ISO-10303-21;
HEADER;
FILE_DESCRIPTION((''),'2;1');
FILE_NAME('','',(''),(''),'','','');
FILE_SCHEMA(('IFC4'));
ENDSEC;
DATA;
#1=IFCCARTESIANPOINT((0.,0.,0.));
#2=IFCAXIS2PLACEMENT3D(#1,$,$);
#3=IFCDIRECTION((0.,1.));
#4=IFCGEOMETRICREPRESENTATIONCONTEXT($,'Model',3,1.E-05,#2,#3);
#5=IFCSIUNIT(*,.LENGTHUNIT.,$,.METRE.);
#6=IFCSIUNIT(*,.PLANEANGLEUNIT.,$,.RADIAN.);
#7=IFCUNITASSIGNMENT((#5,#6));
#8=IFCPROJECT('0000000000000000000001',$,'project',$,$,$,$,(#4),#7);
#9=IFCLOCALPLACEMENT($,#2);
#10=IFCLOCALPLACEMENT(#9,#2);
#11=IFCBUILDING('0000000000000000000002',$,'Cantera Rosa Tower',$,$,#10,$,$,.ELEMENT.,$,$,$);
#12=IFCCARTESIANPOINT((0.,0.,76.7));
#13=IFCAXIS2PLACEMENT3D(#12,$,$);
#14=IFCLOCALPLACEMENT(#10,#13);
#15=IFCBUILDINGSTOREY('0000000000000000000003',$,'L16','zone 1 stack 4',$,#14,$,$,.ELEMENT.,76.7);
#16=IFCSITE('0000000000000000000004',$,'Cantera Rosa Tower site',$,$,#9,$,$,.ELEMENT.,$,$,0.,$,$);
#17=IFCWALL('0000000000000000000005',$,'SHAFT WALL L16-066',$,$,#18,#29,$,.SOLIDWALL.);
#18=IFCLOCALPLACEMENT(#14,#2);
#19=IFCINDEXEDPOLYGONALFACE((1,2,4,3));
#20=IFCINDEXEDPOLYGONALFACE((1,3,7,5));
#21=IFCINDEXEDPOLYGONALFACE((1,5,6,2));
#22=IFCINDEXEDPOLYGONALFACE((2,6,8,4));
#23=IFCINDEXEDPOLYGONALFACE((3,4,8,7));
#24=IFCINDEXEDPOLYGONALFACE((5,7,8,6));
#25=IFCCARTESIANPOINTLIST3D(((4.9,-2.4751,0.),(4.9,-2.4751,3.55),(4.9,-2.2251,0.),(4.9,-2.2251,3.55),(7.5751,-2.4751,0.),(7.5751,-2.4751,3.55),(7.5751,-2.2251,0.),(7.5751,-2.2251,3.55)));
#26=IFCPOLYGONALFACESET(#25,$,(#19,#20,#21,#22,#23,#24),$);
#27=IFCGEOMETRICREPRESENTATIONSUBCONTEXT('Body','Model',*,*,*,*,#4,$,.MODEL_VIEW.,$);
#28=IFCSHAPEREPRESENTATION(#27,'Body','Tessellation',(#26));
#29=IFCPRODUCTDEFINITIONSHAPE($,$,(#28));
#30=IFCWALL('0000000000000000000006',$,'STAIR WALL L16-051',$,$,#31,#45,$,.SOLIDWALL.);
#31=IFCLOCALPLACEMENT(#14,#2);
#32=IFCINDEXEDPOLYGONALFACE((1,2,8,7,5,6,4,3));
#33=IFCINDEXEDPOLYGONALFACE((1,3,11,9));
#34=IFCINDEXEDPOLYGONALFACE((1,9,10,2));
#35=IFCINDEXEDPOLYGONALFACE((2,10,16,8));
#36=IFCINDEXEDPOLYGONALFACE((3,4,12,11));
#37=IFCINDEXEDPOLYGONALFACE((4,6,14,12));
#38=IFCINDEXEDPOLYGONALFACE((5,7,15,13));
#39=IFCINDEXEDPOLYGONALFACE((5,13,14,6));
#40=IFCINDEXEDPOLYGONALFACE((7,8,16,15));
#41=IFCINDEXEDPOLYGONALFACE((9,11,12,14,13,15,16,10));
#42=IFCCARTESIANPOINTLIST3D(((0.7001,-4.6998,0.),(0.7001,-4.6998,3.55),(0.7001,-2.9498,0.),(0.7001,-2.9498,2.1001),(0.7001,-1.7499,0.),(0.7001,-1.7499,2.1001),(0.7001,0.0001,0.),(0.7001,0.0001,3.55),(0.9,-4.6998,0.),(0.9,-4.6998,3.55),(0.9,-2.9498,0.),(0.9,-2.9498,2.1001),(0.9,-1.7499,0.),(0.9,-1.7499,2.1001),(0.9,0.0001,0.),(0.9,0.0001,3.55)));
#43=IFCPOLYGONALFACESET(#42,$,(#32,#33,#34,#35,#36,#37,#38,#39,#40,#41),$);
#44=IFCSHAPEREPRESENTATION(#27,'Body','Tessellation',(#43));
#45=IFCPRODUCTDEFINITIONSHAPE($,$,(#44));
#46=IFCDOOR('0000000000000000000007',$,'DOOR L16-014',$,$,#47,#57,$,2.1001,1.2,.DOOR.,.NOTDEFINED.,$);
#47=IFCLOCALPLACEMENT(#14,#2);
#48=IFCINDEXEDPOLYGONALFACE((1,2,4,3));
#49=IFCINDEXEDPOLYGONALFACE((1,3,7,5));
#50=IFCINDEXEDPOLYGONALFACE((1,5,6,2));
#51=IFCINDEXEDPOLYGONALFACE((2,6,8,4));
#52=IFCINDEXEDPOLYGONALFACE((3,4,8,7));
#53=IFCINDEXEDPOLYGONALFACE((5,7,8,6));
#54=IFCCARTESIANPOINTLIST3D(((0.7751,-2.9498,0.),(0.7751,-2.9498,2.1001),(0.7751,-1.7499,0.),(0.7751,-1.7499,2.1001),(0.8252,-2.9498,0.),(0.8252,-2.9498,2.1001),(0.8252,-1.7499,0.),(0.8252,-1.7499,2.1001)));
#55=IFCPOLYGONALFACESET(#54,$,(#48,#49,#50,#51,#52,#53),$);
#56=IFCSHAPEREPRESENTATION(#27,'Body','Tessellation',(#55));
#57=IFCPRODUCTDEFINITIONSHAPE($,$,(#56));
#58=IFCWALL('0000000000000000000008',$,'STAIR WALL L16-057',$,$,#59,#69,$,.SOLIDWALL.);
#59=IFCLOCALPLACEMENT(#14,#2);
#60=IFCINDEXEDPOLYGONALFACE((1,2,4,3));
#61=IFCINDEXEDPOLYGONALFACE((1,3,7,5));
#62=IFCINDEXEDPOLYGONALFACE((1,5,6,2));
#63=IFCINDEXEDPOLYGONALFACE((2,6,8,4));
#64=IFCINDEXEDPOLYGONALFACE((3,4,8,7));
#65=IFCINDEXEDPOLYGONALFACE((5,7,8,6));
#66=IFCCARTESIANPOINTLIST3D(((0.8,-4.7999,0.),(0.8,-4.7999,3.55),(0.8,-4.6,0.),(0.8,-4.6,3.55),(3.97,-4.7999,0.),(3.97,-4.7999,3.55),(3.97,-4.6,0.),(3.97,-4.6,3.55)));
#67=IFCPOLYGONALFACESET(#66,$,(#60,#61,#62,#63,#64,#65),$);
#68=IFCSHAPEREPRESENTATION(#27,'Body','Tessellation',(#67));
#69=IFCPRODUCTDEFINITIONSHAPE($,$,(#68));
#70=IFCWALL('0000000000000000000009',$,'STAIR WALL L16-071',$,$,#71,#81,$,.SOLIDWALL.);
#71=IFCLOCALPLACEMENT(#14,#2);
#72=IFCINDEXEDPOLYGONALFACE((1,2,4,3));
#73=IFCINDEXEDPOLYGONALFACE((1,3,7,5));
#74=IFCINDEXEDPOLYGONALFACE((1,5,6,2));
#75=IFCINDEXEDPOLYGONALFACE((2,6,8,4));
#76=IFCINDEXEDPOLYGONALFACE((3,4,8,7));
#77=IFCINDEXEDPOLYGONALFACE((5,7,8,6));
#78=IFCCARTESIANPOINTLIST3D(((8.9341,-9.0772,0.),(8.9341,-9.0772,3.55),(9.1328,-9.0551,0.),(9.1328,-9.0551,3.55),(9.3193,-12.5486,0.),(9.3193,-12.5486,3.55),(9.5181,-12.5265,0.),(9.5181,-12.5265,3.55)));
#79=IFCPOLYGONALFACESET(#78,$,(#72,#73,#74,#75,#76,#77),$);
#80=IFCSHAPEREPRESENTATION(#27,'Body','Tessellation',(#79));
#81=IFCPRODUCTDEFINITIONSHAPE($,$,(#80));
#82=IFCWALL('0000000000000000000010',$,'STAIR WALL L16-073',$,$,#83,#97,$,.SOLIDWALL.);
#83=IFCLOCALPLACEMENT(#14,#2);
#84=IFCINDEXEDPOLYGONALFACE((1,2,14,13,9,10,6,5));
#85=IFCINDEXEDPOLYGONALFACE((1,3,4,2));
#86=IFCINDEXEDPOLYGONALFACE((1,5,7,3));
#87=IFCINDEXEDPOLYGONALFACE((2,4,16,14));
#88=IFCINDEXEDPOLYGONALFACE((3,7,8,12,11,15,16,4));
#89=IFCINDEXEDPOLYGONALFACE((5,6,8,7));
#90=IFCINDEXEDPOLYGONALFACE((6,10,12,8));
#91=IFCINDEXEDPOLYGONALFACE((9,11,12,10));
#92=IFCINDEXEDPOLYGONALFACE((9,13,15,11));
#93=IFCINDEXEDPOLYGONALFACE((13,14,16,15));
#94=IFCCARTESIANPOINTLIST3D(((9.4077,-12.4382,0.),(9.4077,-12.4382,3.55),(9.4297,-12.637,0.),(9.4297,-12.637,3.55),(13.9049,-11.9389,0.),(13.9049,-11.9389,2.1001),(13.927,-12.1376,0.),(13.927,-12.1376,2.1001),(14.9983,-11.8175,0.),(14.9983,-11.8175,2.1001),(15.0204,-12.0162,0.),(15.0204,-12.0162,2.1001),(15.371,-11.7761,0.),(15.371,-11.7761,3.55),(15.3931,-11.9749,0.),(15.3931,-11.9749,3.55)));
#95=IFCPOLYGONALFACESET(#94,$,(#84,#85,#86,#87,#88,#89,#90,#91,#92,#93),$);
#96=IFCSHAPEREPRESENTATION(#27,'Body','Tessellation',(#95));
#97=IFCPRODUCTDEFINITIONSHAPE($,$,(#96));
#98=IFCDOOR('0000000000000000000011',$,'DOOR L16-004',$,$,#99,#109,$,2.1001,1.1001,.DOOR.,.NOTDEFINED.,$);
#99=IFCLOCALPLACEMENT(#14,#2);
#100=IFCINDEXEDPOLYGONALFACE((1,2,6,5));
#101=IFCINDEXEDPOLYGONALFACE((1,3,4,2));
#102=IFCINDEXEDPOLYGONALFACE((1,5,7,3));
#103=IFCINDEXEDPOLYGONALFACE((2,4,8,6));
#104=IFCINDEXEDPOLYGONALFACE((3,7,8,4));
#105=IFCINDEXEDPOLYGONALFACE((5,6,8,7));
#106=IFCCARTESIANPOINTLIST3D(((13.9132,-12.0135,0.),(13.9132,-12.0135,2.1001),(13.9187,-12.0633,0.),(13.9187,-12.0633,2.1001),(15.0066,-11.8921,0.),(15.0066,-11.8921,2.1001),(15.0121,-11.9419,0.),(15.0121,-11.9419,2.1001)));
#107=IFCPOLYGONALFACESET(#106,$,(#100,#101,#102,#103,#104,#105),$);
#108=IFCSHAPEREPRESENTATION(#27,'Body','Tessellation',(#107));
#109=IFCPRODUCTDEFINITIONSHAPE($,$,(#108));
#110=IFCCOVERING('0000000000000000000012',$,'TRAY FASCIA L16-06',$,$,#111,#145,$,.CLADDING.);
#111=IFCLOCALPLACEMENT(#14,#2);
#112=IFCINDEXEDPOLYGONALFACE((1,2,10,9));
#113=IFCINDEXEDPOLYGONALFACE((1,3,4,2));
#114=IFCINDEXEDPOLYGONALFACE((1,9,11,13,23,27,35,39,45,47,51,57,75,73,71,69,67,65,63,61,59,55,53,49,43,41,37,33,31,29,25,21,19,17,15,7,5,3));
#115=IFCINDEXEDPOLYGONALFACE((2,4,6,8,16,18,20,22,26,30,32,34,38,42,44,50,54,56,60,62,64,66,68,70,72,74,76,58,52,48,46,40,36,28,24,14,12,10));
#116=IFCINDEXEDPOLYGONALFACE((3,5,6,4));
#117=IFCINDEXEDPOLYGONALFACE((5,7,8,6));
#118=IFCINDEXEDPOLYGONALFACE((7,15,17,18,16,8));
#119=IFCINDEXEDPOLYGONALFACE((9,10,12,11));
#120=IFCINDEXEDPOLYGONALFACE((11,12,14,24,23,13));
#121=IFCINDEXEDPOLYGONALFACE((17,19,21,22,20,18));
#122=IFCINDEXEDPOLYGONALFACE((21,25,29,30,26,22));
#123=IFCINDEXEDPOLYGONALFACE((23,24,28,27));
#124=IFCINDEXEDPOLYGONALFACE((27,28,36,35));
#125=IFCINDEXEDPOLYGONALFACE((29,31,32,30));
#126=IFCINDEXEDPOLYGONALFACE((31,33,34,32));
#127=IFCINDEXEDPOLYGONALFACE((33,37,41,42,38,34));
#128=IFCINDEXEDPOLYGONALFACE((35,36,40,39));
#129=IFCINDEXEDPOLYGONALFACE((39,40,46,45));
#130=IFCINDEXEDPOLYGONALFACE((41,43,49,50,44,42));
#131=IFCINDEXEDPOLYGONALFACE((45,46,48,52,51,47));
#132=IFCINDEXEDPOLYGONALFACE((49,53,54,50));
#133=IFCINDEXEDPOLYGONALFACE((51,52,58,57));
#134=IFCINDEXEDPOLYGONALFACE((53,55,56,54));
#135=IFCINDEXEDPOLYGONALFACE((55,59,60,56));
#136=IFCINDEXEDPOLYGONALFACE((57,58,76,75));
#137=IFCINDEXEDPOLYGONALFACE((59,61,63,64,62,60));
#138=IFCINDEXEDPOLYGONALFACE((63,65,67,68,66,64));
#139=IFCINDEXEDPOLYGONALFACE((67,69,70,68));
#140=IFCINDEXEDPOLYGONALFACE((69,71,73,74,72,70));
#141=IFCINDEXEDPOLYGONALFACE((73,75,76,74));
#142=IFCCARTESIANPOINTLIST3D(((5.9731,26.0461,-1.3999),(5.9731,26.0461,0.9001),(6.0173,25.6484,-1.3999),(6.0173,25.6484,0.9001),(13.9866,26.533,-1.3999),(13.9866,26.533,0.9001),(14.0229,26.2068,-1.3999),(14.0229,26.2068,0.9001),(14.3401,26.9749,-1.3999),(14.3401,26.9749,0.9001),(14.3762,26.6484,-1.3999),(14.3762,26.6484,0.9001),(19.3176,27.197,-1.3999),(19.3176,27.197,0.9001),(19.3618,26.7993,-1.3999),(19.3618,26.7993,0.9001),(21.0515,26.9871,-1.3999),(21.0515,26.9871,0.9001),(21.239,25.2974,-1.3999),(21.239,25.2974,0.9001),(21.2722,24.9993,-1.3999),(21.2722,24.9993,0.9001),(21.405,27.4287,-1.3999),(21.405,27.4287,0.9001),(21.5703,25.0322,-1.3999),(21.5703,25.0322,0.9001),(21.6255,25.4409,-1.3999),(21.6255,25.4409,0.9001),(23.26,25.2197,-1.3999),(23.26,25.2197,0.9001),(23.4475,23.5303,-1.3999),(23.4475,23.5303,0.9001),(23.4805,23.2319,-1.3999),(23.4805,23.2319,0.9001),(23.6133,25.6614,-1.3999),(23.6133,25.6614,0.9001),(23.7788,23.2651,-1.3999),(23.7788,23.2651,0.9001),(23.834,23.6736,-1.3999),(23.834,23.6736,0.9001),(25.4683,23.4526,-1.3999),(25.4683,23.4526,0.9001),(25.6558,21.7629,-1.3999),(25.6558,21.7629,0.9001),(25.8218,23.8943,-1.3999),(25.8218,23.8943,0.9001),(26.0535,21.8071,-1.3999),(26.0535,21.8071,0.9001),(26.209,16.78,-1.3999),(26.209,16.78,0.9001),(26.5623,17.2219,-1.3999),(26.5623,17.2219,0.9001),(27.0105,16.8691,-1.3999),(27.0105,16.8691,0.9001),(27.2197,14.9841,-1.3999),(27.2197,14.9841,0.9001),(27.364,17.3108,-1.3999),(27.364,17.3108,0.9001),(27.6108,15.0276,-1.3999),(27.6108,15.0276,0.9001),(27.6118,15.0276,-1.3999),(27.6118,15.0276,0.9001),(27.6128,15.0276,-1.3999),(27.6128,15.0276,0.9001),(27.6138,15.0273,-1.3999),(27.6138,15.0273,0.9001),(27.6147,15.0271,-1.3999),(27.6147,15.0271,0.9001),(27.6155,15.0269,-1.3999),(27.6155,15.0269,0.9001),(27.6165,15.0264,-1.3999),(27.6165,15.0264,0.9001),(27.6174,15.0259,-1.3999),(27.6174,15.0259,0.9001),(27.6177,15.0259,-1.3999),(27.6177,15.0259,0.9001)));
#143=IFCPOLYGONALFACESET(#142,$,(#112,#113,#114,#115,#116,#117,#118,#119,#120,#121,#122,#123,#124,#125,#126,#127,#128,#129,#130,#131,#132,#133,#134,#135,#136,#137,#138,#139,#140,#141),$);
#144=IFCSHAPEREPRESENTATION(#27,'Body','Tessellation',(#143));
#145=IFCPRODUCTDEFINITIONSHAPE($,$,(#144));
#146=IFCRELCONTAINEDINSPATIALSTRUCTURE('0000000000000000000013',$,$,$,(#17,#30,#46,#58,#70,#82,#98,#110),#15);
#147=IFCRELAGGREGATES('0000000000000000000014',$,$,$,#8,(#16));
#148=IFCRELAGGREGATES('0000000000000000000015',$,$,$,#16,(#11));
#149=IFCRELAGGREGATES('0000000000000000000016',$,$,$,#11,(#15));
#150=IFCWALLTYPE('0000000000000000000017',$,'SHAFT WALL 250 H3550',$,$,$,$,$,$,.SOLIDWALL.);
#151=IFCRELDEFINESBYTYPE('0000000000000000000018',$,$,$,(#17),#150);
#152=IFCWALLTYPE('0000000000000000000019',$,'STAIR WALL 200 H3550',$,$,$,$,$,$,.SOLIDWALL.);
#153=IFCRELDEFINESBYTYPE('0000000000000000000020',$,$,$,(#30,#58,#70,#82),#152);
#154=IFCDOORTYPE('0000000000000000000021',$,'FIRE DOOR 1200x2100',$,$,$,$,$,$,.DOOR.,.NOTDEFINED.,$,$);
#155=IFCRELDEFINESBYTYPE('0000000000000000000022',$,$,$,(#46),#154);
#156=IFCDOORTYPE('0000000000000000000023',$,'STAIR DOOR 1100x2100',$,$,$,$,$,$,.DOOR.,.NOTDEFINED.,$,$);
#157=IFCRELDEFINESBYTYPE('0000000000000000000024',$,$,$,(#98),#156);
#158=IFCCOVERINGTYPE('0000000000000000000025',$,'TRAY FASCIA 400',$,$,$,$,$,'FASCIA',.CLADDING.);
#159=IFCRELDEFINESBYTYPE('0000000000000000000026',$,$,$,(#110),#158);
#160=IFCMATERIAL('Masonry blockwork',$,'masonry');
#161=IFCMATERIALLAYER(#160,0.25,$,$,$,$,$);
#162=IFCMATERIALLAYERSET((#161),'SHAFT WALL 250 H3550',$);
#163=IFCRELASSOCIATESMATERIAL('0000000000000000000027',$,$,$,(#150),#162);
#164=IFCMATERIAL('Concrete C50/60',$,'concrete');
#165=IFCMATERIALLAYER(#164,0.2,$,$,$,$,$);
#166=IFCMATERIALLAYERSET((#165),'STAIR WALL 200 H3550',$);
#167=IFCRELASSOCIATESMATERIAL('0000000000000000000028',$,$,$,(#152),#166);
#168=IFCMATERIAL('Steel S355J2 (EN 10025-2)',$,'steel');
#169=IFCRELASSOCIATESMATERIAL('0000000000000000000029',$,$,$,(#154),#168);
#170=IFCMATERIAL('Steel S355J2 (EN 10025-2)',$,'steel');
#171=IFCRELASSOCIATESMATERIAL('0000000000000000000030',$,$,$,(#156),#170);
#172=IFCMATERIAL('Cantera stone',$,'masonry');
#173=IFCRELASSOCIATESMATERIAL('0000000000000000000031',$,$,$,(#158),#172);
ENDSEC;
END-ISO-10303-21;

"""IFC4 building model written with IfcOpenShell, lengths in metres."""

from ifc_helpers import new_model, si_unit, direction, frame, frame_2d, origin, place, context, subcontext, project, spatial, polyline, rectangle, outline, extrude, material, layer, layer_set, type_object, element, fill, save


model = new_model("IFC4")

# Units and contexts
model_context = context("Model", 3, precision=1e-05, world=origin(), true_north=direction((0.0, 1.0)))
body_context = subcontext(model_context, "Body", "Model", "MODEL_VIEW")
ifc_project = project(units=[si_unit("LENGTHUNIT", "METRE"), si_unit("PLANEANGLEUNIT", "RADIAN")], contexts=[model_context])

# Site, building, storey
site_placement = place(None, origin())
site = spatial("IfcSite", under=ifc_project, at=site_placement, Name="Cantera Rosa Tower site", CompositionType="ELEMENT", RefElevation=0.0)
building_placement = place(site_placement, origin())
building = spatial("IfcBuilding", under=site, at=building_placement, Name="Cantera Rosa Tower", CompositionType="ELEMENT")
storey_placement = place(building_placement, frame((0.0, 0.0, 76.7)))
storey = spatial("IfcBuildingStorey", under=building, at=storey_placement, Name="L16", Description="zone 1 stack 4", CompositionType="ELEMENT", Elevation=76.7)

# Wall
ifc_material_1 = material(Name="Masonry blockwork", Category="masonry")
ifc_layer_1 = layer(ifc_material_1, 0.25)
ifc_layer_set_1 = layer_set([ifc_layer_1], Name="SHAFT WALL 250 H3550")
wall_type_1 = type_object("IfcWallType", Name="SHAFT WALL 250 H3550", PredefinedType="SOLIDWALL", material=ifc_layer_set_1)
wall_1_placement = place(storey_placement, frame((7.575, -2.3501, 0.0), z_axis=(0.0, 0.0, 1.0), x_axis=(-1.0, 0.0, 0.0)))
element("IfcWall", 1, at=wall_1_placement, inside=storey, type_object=wall_type_1, Name="SHAFT WALL L16-066", PredefinedType="SOLIDWALL", context=body_context, shape_type="SweptSolid", body=[
    extrude(rectangle(XDim=2.675, YDim=0.25, at=frame_2d((1.3374, 0.0))), origin(), (0.0, 0.0, 1.0), 3.55),
])

# Wall, opening, door
ifc_material_2 = material(Name="Concrete C50/60", Category="concrete")
ifc_layer_2 = layer(ifc_material_2, 0.2)
ifc_layer_set_2 = layer_set([ifc_layer_2], Name="STAIR WALL 200 H3550")
wall_type_2 = type_object("IfcWallType", Name="STAIR WALL 200 H3550", PredefinedType="SOLIDWALL", material=ifc_layer_set_2)
wall_2_placement = place(storey_placement, frame((0.8, -4.7, 0.0), z_axis=(0.0, 0.0, 1.0), x_axis=(0.0, 1.0, 0.0)))
wall_2 = element("IfcWall", 2, at=wall_2_placement, inside=storey, type_object=wall_type_2, Name="STAIR WALL L16-051", PredefinedType="SOLIDWALL", context=body_context, shape_type="SweptSolid", body=[
    extrude(rectangle(XDim=4.7, YDim=0.2, at=frame_2d((2.3501, 0.0))), origin(), (0.0, 0.0, 1.0), 3.55),
])
opening_1_placement = place(wall_2_placement, frame((1.75, 0.0, 0.0)))
opening_1 = element("IfcOpeningElement", 3, at=opening_1_placement, cuts=wall_2, PredefinedType="OPENING", context=body_context, shape_type="SweptSolid", body=[
    extrude(rectangle(XDim=1.2, YDim=2.1001, at=frame_2d((0.6001, 1.05))), frame((0.0, 0.1099, 0.0), z_axis=(0.0, -1.0, 0.0), x_axis=(1.0, 0.0, 0.0)), (0.0, 0.0, 1.0), 0.22),
])
ifc_material_3 = material(Name="Steel S355J2 (EN 10025-2)", Category="steel")
door_type_1 = type_object("IfcDoorType", Name="FIRE DOOR 1200x2100", OperationType="NOTDEFINED", PredefinedType="DOOR", material=ifc_material_3)
door_1_placement = place(opening_1_placement, origin())
door_1 = element("IfcDoor", 4, at=door_1_placement, inside=storey, type_object=door_type_1, Name="DOOR L16-014", OperationType="NOTDEFINED", OverallHeight=2.1001, OverallWidth=1.2, PredefinedType="DOOR", context=body_context, shape_type="SweptSolid", body=[
    extrude(rectangle(XDim=1.2, YDim=2.1001, at=frame_2d((0.6001, 1.05))), frame((0.0, 0.0249, 0.0), z_axis=(0.0, -1.0, 0.0), x_axis=(1.0, 0.0, 0.0)), (0.0, 0.0, 1.0), 0.05),
])
fill(opening_1, door_1)

# Walls
wall_3_placement = place(storey_placement, frame((3.97, -4.7, 0.0), z_axis=(0.0, 0.0, 1.0), x_axis=(-1.0, 0.0, 0.0)))
element("IfcWall", 5, at=wall_3_placement, inside=storey, type_object=wall_type_2, Name="STAIR WALL L16-057", PredefinedType="SOLIDWALL", context=body_context, shape_type="SweptSolid", body=[
    extrude(rectangle(XDim=3.1699, YDim=0.2, at=frame_2d((1.585, 0.0))), origin(), (0.0, 0.0, 1.0), 3.55),
])
wall_4_placement = place(storey_placement, frame((9.0334, -9.0662, 0.0), z_axis=(0.0, 0.0, 1.0), x_axis=(0.110301, -0.993898, 0.0)))
element("IfcWall", 6, at=wall_4_placement, inside=storey, type_object=wall_type_2, Name="STAIR WALL L16-071", PredefinedType="SOLIDWALL", context=body_context, shape_type="SweptSolid", body=[
    extrude(rectangle(XDim=3.4927, YDim=0.2, at=frame_2d((1.7463, 0.0))), origin(), (0.0, 0.0, 1.0), 3.55),
])

# Wall, opening, door
wall_5_placement = place(storey_placement, frame((9.4187, -12.5376, 0.0), z_axis=(0.0, 0.0, 1.0), x_axis=(0.993893, 0.110351, 0.0)))
wall_5 = element("IfcWall", 7, at=wall_5_placement, inside=storey, type_object=wall_type_2, Name="STAIR WALL L16-073", PredefinedType="SOLIDWALL", context=body_context, shape_type="SweptSolid", body=[
    extrude(rectangle(XDim=6.0, YDim=0.2, at=frame_2d((3.0, 0.0))), origin(), (0.0, 0.0, 1.0), 3.55),
])
opening_2_placement = place(wall_5_placement, frame((4.5249, 0.0, 0.0)))
opening_2 = element("IfcOpeningElement", 8, at=opening_2_placement, cuts=wall_5, PredefinedType="OPENING", context=body_context, shape_type="SweptSolid", body=[
    extrude(rectangle(XDim=1.1001, YDim=2.1001, at=frame_2d((0.55, 1.05))), frame((0.0, 0.1099, 0.0), z_axis=(0.0, -1.0, 0.0), x_axis=(1.0, 0.0, 0.0)), (0.0, 0.0, 1.0), 0.22),
])
ifc_material_4 = material(Name="Steel S355J2 (EN 10025-2)", Category="steel")
door_type_2 = type_object("IfcDoorType", Name="STAIR DOOR 1100x2100", OperationType="NOTDEFINED", PredefinedType="DOOR", material=ifc_material_4)
door_2_placement = place(opening_2_placement, origin())
door_2 = element("IfcDoor", 9, at=door_2_placement, inside=storey, type_object=door_type_2, Name="DOOR L16-004", OperationType="NOTDEFINED", OverallHeight=2.1001, OverallWidth=1.1001, PredefinedType="DOOR", context=body_context, shape_type="SweptSolid", body=[
    extrude(rectangle(XDim=1.1001, YDim=2.1001, at=frame_2d((0.55, 1.05))), frame((0.0, 0.0249, 0.0), z_axis=(0.0, -1.0, 0.0), x_axis=(1.0, 0.0, 0.0)), (0.0, 0.0, 1.0), 0.05),
])
fill(opening_2, door_2)

# Covering
ifc_material_5 = material(Name="Cantera stone", Category="masonry")
covering_type = type_object("IfcCoveringType", Name="TRAY FASCIA 400", ElementType="FASCIA", PredefinedType="CLADDING", material=ifc_material_5)
covering_placement = place(storey_placement, frame((0.0, 0.0, -1.3999)))
element("IfcCovering", 10, at=covering_placement, inside=storey, type_object=covering_type, Name="TRAY FASCIA L16-06", PredefinedType="CLADDING", context=body_context, shape_type="SweptSolid", body=[
    extrude(outline(polyline([(14.3401, 26.9749), (14.3762, 26.6484), (19.3176, 27.197), (21.405, 27.4287), (21.6255, 25.4409), (23.6133, 25.6614), (23.834, 23.6736), (25.8218, 23.8943), (26.0535, 21.8071), (26.5623, 17.2219), (27.364, 17.3108), (27.6177, 15.0259), (27.6174, 15.0259), (27.6165, 15.0264), (27.6155, 15.0269), (27.6147, 15.0271), (27.6138, 15.0273), (27.6128, 15.0276), (27.6118, 15.0276), (27.6108, 15.0276), (27.2197, 14.9841), (27.0105, 16.8691), (26.209, 16.78), (25.6558, 21.7629), (25.4683, 23.4526), (23.7788, 23.2651), (23.4805, 23.2319), (23.4475, 23.5303), (23.26, 25.2197), (21.5703, 25.0322), (21.2722, 24.9993), (21.239, 25.2974), (21.0515, 26.9871), (19.3618, 26.7993), (14.0229, 26.2068), (13.9866, 26.533), (6.0173, 25.6484), (5.9731, 26.0461), (14.3401, 26.9749)])), origin(), (0.0, 0.0, 1.0), 2.3),
])

save(model, "model.ifc")
